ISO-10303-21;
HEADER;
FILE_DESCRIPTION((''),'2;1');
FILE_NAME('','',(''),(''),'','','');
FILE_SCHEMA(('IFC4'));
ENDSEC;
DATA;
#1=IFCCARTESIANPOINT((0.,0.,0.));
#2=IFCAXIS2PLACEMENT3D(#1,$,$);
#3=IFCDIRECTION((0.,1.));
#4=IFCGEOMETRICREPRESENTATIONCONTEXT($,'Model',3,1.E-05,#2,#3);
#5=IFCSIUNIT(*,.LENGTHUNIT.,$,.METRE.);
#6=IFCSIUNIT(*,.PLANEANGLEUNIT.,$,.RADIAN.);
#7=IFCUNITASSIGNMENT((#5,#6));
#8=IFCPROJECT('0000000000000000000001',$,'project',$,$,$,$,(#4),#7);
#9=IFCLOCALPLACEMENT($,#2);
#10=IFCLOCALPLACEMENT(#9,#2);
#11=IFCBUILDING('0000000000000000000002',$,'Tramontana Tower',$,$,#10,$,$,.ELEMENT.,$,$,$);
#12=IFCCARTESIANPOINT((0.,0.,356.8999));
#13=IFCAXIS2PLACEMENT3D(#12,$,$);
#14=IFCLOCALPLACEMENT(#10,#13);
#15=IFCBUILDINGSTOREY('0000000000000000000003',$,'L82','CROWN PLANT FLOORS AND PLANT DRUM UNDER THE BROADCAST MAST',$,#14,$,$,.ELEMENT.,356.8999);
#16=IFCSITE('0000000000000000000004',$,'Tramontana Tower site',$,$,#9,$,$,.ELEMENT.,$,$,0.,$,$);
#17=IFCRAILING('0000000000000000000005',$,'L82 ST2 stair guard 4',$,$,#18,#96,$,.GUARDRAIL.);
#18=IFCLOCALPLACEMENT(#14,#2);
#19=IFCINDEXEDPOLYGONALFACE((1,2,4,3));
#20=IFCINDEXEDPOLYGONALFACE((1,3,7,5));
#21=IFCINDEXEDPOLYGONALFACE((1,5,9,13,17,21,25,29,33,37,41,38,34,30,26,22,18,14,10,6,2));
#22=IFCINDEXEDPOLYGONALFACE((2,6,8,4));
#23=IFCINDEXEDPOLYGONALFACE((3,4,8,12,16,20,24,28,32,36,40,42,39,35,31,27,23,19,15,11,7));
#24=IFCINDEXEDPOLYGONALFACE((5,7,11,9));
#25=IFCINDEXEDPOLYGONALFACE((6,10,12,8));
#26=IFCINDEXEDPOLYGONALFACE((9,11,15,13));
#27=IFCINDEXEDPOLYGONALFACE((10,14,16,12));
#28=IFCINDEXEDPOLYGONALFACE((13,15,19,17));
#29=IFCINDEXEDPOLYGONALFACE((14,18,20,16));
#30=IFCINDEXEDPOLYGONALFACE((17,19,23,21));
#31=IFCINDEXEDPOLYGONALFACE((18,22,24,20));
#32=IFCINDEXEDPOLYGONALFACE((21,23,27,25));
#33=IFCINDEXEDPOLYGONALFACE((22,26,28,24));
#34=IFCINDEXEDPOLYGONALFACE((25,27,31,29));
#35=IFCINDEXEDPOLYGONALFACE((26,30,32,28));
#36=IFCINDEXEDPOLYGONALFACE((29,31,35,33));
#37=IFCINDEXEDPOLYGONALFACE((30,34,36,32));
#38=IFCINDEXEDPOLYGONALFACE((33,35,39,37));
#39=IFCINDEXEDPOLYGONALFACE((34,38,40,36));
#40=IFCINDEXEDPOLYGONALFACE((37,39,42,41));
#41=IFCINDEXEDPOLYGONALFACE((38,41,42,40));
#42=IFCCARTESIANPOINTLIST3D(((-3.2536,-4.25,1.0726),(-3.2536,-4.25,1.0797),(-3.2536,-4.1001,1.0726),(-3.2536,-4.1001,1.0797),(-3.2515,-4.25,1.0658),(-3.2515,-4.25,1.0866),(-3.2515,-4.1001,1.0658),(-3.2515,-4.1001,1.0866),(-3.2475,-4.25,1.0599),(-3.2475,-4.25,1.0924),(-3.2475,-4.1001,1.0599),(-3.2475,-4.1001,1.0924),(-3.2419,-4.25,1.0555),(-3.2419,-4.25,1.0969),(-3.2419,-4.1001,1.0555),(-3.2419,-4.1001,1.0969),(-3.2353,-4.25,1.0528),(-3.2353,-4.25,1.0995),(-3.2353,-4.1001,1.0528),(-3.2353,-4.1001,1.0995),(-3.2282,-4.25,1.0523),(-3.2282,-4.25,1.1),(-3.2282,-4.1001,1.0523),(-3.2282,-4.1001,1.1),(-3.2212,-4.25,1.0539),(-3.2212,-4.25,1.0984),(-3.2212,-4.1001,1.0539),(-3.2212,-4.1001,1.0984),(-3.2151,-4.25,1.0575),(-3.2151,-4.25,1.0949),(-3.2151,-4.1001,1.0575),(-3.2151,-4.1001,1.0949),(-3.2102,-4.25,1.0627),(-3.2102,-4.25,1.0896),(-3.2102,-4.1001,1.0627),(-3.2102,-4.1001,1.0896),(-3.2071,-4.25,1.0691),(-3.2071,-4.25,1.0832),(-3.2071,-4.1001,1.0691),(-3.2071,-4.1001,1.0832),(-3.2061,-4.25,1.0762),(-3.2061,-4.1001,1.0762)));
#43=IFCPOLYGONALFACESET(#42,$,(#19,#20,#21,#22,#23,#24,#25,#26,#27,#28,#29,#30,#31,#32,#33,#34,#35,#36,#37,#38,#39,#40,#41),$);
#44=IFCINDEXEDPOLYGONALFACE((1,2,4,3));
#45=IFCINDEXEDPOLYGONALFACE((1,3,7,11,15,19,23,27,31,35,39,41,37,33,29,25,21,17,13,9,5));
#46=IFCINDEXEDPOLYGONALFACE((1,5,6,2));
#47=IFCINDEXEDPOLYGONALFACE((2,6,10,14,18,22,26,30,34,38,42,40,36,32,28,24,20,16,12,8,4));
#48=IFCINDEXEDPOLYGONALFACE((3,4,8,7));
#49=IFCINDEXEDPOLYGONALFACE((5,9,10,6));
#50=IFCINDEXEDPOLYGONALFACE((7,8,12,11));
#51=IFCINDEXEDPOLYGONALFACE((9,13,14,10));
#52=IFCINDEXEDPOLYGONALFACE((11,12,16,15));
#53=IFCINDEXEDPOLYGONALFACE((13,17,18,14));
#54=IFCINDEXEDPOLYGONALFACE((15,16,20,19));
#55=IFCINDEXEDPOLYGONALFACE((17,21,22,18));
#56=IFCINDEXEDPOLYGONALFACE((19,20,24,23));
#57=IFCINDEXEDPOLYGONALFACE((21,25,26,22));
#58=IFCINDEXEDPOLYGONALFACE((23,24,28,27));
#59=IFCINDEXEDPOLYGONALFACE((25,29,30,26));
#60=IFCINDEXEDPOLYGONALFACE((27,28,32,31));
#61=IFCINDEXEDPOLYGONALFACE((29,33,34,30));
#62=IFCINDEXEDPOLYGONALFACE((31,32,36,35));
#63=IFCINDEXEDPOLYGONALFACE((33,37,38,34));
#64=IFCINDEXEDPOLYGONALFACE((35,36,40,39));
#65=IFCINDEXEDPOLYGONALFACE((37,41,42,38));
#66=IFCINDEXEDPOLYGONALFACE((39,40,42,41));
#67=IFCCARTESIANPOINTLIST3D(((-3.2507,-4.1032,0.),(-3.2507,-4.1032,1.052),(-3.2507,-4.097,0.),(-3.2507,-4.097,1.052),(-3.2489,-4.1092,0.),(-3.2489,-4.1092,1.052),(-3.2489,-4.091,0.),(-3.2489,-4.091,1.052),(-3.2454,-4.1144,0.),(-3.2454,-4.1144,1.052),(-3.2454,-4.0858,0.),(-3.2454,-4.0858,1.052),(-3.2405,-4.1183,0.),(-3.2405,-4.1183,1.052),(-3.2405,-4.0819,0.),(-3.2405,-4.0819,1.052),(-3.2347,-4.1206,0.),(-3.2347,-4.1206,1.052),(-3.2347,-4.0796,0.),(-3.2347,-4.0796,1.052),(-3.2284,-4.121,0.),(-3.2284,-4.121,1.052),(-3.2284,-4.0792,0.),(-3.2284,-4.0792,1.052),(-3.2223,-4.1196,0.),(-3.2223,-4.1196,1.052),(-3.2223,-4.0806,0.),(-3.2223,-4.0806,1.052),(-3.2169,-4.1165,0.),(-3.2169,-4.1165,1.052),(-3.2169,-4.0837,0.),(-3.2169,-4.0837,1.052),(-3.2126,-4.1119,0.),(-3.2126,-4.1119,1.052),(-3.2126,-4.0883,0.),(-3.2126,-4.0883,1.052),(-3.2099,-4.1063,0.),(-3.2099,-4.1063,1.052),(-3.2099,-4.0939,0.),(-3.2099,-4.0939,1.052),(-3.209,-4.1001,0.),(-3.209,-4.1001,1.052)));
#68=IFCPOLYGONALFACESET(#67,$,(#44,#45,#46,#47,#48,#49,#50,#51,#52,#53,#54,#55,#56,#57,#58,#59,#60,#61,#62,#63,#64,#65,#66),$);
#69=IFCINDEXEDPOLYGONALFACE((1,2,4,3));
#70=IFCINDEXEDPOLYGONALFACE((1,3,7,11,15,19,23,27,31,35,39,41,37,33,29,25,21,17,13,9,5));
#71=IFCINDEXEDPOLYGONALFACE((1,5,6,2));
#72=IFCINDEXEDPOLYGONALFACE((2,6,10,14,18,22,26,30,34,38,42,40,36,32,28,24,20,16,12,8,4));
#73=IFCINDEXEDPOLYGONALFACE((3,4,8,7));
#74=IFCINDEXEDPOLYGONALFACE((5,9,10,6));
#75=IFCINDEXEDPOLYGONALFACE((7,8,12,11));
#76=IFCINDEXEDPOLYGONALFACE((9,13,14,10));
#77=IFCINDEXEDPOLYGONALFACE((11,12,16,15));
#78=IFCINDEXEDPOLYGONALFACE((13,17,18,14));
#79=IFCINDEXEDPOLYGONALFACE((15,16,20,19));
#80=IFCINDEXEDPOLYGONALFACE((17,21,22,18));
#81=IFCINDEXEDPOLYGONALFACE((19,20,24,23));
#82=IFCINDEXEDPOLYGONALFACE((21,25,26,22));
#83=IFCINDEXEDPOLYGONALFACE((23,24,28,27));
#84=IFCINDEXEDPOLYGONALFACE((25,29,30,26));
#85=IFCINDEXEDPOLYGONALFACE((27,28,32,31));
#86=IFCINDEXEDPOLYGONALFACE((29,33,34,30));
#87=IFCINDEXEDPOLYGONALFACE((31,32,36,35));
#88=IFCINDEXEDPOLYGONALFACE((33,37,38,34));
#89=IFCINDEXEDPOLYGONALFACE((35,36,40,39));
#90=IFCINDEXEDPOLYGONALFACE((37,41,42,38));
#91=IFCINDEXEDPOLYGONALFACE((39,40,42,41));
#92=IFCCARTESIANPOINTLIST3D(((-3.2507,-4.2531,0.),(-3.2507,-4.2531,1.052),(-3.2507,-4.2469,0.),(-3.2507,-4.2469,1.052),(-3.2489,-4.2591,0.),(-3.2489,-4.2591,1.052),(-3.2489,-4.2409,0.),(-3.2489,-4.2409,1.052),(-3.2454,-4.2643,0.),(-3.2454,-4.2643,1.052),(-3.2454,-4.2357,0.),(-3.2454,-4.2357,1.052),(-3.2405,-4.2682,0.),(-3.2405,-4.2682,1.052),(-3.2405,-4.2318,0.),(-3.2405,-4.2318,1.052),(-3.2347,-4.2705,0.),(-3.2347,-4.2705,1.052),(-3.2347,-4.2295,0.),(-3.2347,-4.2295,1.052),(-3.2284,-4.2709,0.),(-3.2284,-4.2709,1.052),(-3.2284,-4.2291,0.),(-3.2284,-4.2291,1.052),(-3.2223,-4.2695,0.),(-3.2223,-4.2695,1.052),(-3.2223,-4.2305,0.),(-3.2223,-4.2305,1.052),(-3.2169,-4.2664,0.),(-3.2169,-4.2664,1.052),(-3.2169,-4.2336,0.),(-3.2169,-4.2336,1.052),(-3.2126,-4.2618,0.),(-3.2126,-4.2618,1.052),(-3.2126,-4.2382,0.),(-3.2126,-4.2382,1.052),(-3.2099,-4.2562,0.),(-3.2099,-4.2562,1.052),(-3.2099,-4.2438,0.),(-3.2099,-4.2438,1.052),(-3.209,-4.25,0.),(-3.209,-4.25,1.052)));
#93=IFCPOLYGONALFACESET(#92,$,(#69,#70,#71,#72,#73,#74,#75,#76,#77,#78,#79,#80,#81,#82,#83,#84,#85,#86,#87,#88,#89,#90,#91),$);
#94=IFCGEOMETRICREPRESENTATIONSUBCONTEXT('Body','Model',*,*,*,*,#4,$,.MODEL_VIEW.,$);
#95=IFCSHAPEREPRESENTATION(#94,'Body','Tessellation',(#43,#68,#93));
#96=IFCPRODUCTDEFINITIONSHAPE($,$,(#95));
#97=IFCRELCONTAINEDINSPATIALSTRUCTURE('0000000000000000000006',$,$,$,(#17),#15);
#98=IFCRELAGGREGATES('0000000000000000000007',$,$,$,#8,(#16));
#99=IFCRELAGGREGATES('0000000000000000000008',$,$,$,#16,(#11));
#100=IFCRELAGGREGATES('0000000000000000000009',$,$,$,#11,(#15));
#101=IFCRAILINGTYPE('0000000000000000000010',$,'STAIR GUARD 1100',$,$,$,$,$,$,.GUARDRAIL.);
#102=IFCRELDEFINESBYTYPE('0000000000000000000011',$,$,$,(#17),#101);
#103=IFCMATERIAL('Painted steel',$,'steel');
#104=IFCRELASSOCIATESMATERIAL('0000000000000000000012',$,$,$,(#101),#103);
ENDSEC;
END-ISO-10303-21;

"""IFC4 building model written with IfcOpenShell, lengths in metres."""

from ifc_helpers import new_model, si_unit, direction, frame, origin, origin_2d, place, context, subcontext, project, spatial, circle, extrude, material, type_object, element, save


model = new_model("IFC4")

# Units and contexts
model_context = context("Model", 3, precision=1e-05, world=origin(), true_north=direction((0.0, 1.0)))
body_context = subcontext(model_context, "Body", "Model", "MODEL_VIEW")
ifc_project = project(units=[si_unit("LENGTHUNIT", "METRE"), si_unit("PLANEANGLEUNIT", "RADIAN")], contexts=[model_context])

# Site, building, storey
site_placement = place(None, origin())
site = spatial("IfcSite", under=ifc_project, at=site_placement, Name="Tramontana Tower site", CompositionType="ELEMENT", RefElevation=0.0)
building_placement = place(site_placement, origin())
building = spatial("IfcBuilding", under=site, at=building_placement, Name="Tramontana Tower", CompositionType="ELEMENT")
storey_placement = place(building_placement, frame((0.0, 0.0, 356.8999)))
storey = spatial("IfcBuildingStorey", under=building, at=storey_placement, Name="L82", Description="CROWN PLANT FLOORS AND PLANT DRUM UNDER THE BROADCAST MAST", CompositionType="ELEMENT", Elevation=356.8999)

# Railing
ifc_material_1 = material(Name="Painted steel", Category="steel")
railing_type_1 = type_object("IfcRailingType", Name="STAIR GUARD 1100", PredefinedType="GUARDRAIL", material=ifc_material_1)
railing_1_placement = place(storey_placement, frame((-3.23, -4.1001, 0.0)))
element("IfcRailing", 1, at=railing_1_placement, inside=storey, type_object=railing_type_1, Name="L82 ST2 stair guard 4", PredefinedType="GUARDRAIL", context=body_context, shape_type="SweptSolid", body=[
    extrude(circle(Radius=0.0239, at=origin_2d()), frame((0.0, 0.0, 1.0762), z_axis=(0.0, -1.0, 0.0), x_axis=(1.0, 0.0, 0.0)), (0.0, 0.0, 1.0), 0.1499),
    extrude(circle(Radius=0.021, at=origin_2d()), origin(), (0.0, 0.0, 1.0), 1.052),
    extrude(circle(Radius=0.021, at=origin_2d()), frame((0.0, -0.1499, 0.0)), (0.0, 0.0, 1.0), 1.052),
])

save(model, "model.ifc")
